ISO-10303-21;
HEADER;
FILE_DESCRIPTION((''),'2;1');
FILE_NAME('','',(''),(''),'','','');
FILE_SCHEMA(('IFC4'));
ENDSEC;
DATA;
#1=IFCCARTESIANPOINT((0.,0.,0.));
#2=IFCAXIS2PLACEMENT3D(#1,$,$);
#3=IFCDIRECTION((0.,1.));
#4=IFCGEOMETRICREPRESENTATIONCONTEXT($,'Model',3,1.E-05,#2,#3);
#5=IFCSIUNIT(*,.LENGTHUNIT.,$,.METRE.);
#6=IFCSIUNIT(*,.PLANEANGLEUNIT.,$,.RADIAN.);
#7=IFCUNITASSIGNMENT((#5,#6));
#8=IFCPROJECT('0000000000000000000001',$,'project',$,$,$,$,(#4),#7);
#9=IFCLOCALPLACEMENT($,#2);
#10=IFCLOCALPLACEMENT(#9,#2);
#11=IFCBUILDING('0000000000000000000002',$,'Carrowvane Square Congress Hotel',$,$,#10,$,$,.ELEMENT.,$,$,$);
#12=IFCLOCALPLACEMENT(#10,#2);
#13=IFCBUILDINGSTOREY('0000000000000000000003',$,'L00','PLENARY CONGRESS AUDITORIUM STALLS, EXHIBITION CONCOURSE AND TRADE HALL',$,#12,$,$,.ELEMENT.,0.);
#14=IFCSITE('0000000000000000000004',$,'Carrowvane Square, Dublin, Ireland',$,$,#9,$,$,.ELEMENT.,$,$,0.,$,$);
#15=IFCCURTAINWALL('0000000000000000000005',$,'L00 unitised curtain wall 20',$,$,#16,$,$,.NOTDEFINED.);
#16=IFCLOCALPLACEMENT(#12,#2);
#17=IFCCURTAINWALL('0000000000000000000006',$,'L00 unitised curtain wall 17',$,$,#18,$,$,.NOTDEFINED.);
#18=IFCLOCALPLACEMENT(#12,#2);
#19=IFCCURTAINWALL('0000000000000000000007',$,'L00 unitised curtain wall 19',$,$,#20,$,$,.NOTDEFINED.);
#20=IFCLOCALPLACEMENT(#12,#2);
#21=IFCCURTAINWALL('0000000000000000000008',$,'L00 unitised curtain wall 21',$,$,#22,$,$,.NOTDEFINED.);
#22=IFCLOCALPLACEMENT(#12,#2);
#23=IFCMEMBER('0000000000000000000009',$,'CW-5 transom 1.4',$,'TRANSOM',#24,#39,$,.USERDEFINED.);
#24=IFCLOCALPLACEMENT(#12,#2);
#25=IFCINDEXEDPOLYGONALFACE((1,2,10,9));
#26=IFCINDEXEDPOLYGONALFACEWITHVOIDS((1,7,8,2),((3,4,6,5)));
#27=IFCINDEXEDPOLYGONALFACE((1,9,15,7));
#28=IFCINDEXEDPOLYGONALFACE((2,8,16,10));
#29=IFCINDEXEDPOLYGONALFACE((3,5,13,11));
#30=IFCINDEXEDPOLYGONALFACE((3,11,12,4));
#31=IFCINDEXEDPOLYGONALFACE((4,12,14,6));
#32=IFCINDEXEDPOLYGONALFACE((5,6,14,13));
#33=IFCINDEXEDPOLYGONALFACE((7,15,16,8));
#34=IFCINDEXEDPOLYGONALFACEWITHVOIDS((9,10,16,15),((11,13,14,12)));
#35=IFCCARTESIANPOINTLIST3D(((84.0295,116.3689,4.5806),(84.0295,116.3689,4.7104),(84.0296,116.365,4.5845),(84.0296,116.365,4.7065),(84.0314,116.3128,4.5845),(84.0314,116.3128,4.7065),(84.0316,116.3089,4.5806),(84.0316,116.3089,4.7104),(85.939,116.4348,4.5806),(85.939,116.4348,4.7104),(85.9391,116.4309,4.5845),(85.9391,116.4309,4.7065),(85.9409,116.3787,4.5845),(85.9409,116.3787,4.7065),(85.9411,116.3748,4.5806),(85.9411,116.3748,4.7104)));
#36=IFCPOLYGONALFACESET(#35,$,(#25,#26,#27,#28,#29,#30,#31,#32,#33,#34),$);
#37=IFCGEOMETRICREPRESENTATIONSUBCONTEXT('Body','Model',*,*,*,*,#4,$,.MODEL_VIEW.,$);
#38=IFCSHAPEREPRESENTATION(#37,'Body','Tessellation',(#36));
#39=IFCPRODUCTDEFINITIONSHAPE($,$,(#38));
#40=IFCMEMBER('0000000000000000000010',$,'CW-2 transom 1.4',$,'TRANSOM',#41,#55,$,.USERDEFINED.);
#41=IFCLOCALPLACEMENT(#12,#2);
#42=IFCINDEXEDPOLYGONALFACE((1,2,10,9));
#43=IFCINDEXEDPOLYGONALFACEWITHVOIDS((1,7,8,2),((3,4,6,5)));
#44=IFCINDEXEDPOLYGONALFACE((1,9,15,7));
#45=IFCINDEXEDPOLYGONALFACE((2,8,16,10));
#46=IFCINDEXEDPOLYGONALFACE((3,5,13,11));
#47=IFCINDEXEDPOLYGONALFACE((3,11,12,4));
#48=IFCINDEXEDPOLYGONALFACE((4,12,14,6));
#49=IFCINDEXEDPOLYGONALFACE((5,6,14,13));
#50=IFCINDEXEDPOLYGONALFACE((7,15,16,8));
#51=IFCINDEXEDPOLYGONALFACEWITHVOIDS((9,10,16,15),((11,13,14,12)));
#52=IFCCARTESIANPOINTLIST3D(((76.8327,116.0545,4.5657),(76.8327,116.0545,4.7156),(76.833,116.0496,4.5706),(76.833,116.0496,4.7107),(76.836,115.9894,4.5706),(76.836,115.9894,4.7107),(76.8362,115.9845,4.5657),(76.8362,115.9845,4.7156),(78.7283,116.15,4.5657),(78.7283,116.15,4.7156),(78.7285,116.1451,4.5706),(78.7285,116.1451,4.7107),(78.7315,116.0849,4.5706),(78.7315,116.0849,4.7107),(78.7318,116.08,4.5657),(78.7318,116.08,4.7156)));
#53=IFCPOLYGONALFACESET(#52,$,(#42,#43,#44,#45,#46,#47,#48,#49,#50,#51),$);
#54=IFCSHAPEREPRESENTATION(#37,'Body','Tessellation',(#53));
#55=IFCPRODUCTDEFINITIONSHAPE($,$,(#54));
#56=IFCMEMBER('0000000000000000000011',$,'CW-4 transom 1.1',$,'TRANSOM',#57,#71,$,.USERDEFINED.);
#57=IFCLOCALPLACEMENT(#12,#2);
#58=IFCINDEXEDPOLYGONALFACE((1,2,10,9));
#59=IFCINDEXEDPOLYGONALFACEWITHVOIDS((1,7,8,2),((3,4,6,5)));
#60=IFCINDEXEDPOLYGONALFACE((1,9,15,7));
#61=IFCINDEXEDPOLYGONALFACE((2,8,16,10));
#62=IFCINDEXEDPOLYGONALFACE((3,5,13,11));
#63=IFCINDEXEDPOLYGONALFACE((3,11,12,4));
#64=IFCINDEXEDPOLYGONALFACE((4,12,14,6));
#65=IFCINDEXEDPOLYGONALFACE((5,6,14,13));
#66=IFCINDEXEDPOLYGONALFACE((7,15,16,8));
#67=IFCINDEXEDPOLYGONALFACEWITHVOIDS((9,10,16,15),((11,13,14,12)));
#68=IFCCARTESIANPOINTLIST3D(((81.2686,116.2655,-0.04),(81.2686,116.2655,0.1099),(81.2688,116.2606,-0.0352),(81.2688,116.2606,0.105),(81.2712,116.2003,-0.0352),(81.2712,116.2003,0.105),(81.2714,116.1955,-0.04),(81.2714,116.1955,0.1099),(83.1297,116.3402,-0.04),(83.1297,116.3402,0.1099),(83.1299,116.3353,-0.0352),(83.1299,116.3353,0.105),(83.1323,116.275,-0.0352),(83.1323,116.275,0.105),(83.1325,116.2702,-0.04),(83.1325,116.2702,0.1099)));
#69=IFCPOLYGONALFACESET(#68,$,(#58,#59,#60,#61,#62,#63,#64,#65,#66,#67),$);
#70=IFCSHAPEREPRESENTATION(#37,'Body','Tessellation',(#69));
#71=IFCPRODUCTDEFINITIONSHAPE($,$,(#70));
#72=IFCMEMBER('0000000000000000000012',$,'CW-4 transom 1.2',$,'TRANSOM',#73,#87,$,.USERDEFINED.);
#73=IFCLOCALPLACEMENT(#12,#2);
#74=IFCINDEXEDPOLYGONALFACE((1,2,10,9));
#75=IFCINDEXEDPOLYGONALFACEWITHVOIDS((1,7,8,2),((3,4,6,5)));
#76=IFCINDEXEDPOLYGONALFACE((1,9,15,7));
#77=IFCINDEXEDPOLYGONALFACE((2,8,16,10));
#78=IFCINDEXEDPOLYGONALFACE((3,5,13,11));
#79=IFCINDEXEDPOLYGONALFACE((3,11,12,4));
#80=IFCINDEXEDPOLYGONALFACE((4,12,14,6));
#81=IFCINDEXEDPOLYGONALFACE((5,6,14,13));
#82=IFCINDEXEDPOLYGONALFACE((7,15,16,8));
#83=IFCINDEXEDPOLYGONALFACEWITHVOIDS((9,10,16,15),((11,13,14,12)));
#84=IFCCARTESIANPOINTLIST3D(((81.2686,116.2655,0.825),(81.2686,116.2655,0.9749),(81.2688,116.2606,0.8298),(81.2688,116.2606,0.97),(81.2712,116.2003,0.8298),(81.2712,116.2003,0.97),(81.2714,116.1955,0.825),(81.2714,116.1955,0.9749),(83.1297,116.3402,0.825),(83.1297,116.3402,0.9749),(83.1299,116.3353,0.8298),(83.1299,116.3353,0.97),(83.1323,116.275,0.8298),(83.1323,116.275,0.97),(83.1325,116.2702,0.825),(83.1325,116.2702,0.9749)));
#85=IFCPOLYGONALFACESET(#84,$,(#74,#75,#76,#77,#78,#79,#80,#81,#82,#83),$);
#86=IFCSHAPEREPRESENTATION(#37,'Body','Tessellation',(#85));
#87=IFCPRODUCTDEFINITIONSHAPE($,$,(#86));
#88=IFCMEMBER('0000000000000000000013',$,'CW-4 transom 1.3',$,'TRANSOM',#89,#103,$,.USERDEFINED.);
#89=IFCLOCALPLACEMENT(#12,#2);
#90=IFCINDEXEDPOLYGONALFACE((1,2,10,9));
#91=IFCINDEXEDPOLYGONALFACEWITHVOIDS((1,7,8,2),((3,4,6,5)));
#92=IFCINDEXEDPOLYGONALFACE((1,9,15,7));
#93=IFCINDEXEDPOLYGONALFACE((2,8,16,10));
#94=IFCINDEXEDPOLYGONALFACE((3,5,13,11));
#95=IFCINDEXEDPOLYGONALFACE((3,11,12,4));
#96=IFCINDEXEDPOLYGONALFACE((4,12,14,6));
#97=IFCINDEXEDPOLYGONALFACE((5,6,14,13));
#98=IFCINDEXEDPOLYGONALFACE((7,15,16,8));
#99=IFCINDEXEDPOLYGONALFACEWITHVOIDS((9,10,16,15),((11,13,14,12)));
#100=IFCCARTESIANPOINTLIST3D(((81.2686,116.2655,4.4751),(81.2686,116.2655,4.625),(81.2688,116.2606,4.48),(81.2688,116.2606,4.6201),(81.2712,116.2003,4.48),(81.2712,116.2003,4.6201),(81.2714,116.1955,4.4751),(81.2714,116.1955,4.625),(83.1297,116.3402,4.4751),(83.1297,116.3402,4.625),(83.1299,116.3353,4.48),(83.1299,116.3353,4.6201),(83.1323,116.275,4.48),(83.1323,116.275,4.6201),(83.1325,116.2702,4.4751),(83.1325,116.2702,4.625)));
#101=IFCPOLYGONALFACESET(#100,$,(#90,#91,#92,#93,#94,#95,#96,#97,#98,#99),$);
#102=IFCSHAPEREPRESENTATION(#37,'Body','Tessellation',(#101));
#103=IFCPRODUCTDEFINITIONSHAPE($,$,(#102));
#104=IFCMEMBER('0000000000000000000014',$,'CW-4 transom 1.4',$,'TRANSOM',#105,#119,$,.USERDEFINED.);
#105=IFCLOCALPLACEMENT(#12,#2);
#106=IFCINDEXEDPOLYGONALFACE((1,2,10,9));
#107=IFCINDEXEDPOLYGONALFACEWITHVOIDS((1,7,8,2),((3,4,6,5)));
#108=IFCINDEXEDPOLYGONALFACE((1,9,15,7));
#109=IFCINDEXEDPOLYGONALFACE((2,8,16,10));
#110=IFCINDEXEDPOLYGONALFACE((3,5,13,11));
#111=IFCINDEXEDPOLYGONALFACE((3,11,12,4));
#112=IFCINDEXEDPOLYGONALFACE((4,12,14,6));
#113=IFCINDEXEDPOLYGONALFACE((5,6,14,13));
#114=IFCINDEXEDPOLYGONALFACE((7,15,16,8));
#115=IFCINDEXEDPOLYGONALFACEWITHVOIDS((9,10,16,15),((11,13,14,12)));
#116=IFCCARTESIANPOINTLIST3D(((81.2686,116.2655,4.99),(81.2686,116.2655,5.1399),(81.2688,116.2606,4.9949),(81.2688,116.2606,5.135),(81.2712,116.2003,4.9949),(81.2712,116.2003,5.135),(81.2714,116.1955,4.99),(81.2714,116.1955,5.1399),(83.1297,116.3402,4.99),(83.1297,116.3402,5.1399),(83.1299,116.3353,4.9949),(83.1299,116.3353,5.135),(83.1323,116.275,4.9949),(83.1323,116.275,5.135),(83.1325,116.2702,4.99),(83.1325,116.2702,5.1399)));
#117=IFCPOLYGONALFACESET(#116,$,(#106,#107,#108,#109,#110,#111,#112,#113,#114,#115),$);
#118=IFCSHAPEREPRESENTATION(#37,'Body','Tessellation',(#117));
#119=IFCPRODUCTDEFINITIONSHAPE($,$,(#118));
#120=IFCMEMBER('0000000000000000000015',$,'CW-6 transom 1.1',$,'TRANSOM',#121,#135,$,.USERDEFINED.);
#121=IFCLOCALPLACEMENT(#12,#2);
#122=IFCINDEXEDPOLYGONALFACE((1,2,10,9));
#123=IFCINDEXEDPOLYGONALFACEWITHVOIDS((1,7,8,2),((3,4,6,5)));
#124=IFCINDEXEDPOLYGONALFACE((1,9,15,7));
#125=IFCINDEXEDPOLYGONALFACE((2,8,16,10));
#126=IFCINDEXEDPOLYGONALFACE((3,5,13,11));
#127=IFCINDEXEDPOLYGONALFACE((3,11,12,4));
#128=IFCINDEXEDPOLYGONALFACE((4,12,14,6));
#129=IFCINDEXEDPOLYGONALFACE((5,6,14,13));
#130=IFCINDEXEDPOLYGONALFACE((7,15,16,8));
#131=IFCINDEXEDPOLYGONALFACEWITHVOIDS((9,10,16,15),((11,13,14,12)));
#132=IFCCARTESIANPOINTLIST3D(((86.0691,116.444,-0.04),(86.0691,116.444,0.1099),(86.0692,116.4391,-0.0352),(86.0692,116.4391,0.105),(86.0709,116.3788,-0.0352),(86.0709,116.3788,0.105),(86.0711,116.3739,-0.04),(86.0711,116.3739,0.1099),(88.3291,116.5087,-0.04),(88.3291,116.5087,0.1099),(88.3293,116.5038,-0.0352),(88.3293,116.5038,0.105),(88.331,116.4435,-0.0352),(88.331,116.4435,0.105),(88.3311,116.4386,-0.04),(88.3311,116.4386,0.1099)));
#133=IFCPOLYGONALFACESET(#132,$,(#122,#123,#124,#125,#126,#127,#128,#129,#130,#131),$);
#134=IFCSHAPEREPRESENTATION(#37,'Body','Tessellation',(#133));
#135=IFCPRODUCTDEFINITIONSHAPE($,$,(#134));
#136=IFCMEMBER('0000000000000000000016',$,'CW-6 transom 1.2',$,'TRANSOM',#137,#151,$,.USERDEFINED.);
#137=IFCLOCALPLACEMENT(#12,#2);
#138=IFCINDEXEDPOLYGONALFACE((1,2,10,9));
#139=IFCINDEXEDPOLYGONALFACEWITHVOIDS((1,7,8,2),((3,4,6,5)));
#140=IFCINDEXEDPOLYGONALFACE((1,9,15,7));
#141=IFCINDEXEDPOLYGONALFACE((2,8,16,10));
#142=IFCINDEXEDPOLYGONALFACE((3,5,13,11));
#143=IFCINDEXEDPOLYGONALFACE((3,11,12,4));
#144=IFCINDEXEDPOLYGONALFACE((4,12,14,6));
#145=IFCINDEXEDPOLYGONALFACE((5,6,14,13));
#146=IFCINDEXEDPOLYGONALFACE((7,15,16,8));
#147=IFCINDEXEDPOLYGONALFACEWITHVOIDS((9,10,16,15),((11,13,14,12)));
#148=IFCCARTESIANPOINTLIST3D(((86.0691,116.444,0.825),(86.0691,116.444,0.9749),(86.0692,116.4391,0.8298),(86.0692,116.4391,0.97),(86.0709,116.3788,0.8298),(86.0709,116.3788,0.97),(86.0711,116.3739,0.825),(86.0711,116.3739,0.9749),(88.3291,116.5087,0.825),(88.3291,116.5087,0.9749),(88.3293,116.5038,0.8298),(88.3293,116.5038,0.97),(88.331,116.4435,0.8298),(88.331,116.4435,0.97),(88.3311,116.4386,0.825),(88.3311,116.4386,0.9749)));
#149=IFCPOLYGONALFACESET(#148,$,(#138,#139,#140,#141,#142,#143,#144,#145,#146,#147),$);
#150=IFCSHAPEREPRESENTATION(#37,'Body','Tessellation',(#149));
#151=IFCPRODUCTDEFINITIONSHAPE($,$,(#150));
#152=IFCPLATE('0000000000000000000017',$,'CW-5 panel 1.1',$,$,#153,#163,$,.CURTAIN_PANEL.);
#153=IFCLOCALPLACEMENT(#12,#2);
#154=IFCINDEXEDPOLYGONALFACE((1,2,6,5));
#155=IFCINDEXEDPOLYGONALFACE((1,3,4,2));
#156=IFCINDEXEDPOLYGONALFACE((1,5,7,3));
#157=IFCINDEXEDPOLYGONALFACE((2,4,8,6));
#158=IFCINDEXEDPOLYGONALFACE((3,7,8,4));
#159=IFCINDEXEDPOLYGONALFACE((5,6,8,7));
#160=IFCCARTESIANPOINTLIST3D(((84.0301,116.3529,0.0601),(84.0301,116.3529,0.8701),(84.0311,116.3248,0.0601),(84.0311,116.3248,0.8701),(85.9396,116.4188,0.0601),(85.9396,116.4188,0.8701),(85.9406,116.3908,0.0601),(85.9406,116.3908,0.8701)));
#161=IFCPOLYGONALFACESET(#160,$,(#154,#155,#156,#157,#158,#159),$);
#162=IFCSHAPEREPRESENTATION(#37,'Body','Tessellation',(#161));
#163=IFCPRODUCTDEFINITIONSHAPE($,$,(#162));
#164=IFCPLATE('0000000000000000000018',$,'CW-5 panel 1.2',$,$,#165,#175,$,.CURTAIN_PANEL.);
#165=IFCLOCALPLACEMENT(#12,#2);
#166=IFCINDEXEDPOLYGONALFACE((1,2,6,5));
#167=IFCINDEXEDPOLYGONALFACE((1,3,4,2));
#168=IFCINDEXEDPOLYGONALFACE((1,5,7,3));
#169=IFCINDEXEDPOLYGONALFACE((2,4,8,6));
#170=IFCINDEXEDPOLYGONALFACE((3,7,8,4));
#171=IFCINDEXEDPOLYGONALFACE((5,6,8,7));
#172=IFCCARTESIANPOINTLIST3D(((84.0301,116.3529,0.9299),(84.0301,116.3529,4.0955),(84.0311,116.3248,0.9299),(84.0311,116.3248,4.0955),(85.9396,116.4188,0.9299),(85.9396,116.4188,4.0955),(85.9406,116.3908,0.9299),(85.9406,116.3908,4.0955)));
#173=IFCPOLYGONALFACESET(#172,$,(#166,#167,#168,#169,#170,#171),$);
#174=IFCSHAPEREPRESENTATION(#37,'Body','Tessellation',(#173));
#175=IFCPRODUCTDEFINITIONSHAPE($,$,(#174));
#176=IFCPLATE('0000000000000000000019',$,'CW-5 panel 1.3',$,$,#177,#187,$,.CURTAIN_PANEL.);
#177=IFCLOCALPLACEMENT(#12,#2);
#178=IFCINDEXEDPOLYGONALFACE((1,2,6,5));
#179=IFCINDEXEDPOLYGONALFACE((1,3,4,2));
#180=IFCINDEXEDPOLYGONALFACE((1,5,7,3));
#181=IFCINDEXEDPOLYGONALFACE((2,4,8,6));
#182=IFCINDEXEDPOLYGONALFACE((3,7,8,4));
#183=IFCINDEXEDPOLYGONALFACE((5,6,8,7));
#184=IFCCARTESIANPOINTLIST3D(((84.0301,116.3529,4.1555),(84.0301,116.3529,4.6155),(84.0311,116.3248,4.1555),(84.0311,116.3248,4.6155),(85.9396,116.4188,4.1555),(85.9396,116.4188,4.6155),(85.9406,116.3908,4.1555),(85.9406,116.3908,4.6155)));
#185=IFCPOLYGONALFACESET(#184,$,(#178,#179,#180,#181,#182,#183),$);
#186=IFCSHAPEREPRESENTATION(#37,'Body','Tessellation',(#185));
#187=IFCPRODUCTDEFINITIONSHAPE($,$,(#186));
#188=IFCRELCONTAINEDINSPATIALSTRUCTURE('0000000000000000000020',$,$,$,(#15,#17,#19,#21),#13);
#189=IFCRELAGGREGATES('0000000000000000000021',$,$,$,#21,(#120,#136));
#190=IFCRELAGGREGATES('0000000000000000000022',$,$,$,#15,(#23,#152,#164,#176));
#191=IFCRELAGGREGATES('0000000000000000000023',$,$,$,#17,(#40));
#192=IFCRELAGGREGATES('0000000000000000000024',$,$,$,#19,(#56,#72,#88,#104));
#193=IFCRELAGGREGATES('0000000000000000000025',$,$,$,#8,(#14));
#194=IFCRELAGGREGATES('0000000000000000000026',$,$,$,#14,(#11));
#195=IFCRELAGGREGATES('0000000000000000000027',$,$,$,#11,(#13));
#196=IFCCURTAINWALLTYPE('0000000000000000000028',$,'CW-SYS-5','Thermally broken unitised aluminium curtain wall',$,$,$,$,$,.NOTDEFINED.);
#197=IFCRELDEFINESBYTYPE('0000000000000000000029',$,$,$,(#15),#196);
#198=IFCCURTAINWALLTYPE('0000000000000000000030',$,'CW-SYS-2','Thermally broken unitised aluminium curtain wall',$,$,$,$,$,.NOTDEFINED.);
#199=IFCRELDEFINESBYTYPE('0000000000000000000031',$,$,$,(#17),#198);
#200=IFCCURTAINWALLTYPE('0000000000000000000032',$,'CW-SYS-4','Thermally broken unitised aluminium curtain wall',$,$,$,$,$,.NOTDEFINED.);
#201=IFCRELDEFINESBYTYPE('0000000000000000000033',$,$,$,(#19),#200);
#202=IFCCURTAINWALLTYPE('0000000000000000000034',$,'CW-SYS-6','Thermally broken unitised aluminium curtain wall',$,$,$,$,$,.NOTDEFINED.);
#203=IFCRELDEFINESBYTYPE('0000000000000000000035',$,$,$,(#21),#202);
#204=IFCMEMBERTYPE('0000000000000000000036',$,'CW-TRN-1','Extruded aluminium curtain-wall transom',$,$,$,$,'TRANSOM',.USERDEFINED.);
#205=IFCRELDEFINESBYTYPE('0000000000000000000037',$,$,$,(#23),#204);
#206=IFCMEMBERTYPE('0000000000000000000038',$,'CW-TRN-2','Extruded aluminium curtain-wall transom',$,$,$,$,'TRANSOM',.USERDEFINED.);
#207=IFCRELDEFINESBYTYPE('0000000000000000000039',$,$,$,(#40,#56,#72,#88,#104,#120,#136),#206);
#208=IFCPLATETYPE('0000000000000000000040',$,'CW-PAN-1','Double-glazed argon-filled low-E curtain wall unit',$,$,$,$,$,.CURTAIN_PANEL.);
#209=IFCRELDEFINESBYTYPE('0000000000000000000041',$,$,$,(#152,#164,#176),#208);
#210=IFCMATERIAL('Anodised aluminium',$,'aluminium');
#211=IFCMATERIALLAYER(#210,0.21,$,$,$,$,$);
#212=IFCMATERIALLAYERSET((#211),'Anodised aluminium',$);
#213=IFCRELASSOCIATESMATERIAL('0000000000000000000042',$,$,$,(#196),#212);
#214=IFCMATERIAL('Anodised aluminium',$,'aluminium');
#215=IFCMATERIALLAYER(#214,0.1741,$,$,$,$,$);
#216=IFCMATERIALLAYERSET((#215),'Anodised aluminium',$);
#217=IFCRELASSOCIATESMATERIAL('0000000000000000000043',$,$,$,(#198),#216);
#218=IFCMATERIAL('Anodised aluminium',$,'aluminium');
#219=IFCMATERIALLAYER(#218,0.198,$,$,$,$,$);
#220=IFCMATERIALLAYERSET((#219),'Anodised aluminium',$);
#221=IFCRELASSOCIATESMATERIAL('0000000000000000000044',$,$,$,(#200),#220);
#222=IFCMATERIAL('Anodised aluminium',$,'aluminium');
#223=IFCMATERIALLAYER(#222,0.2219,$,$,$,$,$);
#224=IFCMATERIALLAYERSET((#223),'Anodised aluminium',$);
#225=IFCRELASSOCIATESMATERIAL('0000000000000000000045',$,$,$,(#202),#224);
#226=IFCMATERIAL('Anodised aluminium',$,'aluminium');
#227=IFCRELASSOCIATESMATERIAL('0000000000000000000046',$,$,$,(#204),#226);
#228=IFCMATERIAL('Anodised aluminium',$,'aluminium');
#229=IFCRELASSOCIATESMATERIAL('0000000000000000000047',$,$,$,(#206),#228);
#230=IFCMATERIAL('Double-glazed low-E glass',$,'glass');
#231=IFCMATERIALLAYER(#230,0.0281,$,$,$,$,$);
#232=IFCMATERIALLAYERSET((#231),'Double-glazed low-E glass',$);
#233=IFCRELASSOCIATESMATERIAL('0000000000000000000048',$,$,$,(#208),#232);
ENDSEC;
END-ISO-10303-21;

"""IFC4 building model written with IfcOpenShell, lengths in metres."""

from ifc_helpers import new_model, si_unit, direction, frame, origin, origin_2d, place, context, subcontext, project, spatial, rectangle, hollow_rectangle, extrude, material, layer, layer_set, material_profile, profile_set, type_object, element, aggregate, save


model = new_model("IFC4")

# Units and contexts
model_context = context("Model", 3, precision=1e-05, world=origin(), true_north=direction((0.0, 1.0)))
body_context = subcontext(model_context, "Body", "Model", "MODEL_VIEW")
ifc_project = project(units=[si_unit("LENGTHUNIT", "METRE"), si_unit("PLANEANGLEUNIT", "RADIAN")], contexts=[model_context])

# Site, building, storey
site_placement = place(None, origin())
site = spatial("IfcSite", under=ifc_project, at=site_placement, Name="Carrowvane Square, Dublin, Ireland", CompositionType="ELEMENT", RefElevation=0.0)
building_placement = place(site_placement, origin())
building = spatial("IfcBuilding", under=site, at=building_placement, Name="Carrowvane Square Congress Hotel", CompositionType="ELEMENT")
storey_placement = place(building_placement, origin())
storey = spatial("IfcBuildingStorey", under=building, at=storey_placement, Name="L00", Description="PLENARY CONGRESS AUDITORIUM STALLS, EXHIBITION CONCOURSE AND TRADE HALL", CompositionType="ELEMENT", Elevation=0.0)

# Curtain wall
ifc_material_1 = material(Name="Anodised aluminium", Category="aluminium")
ifc_layer_1 = layer(ifc_material_1, 0.21)
ifc_layer_set_1 = layer_set([ifc_layer_1], Name="Anodised aluminium")
curtain_wall_type_1 = type_object("IfcCurtainWallType", Name="CW-SYS-5", Description="Thermally broken unitised aluminium curtain wall", PredefinedType="NOTDEFINED", material=ifc_layer_set_1)
curtain_wall_1_placement = place(storey_placement, origin())
curtain_wall_1 = element("IfcCurtainWall", 1, at=curtain_wall_1_placement, inside=storey, type_object=curtain_wall_type_1, Name="L00 unitised curtain wall 20", PredefinedType="NOTDEFINED")

# Curtain wall
ifc_material_2 = material(Name="Anodised aluminium", Category="aluminium")
ifc_layer_2 = layer(ifc_material_2, 0.1741)
ifc_layer_set_2 = layer_set([ifc_layer_2], Name="Anodised aluminium")
curtain_wall_type_2 = type_object("IfcCurtainWallType", Name="CW-SYS-2", Description="Thermally broken unitised aluminium curtain wall", PredefinedType="NOTDEFINED", material=ifc_layer_set_2)
curtain_wall_2_placement = place(storey_placement, origin())
curtain_wall_2 = element("IfcCurtainWall", 2, at=curtain_wall_2_placement, inside=storey, type_object=curtain_wall_type_2, Name="L00 unitised curtain wall 17", PredefinedType="NOTDEFINED")

# Curtain wall
ifc_material_3 = material(Name="Anodised aluminium", Category="aluminium")
ifc_layer_3 = layer(ifc_material_3, 0.198)
ifc_layer_set_3 = layer_set([ifc_layer_3], Name="Anodised aluminium")
curtain_wall_type_3 = type_object("IfcCurtainWallType", Name="CW-SYS-4", Description="Thermally broken unitised aluminium curtain wall", PredefinedType="NOTDEFINED", material=ifc_layer_set_3)
curtain_wall_3_placement = place(storey_placement, origin())
curtain_wall_3 = element("IfcCurtainWall", 3, at=curtain_wall_3_placement, inside=storey, type_object=curtain_wall_type_3, Name="L00 unitised curtain wall 19", PredefinedType="NOTDEFINED")

# Curtain wall
ifc_material_4 = material(Name="Anodised aluminium", Category="aluminium")
ifc_layer_4 = layer(ifc_material_4, 0.2219)
ifc_layer_set_4 = layer_set([ifc_layer_4], Name="Anodised aluminium")
curtain_wall_type_4 = type_object("IfcCurtainWallType", Name="CW-SYS-6", Description="Thermally broken unitised aluminium curtain wall", PredefinedType="NOTDEFINED", material=ifc_layer_set_4)
curtain_wall_4_placement = place(storey_placement, origin())
curtain_wall_4 = element("IfcCurtainWall", 4, at=curtain_wall_4_placement, inside=storey, type_object=curtain_wall_type_4, Name="L00 unitised curtain wall 21", PredefinedType="NOTDEFINED")

# Members
ifc_material_5 = material(Name="Anodised aluminium", Category="aluminium")
ifc_material_profile_1 = material_profile(ifc_material_5, hollow_rectangle(XDim=0.0601, YDim=0.1299, WallThickness=0.0039, at=origin_2d()), Name="CW-TR 60x130x4")
ifc_profile_set_1 = profile_set([ifc_material_profile_1], Name="Anodised aluminium")
member_type_1 = type_object("IfcMemberType", Name="CW-TRN-1", Description="Extruded aluminium curtain-wall transom", ElementType="TRANSOM", PredefinedType="USERDEFINED", material=ifc_profile_set_1)
member_1_placement = place(storey_placement, frame((84.0305, 116.3389, 4.6455), z_axis=(0.999405, 0.034502, 0.0), x_axis=(-0.034502, 0.999405, 0.0)))
member_1 = element("IfcMember", 5, at=member_1_placement, type_object=member_type_1, Name="CW-5 transom 1.4", ObjectType="TRANSOM", PredefinedType="USERDEFINED", context=body_context, shape_type="SweptSolid", body=[
    extrude(hollow_rectangle(XDim=0.0601, YDim=0.1299, WallThickness=0.0039, at=origin_2d()), origin(), (0.0, 0.0, 1.0), 1.9106),
])
ifc_material_6 = material(Name="Anodised aluminium", Category="aluminium")
ifc_material_profile_2 = material_profile(ifc_material_6, hollow_rectangle(XDim=0.0701, YDim=0.1499, WallThickness=0.0049, at=origin_2d()), Name="CW-TR 70x150x5")
ifc_profile_set_2 = profile_set([ifc_material_profile_2], Name="Anodised aluminium")
member_type_2 = type_object("IfcMemberType", Name="CW-TRN-2", Description="Extruded aluminium curtain-wall transom", ElementType="TRANSOM", PredefinedType="USERDEFINED", material=ifc_profile_set_2)
member_2_placement = place(storey_placement, frame((76.8345, 116.0195, 4.6406), z_axis=(0.998734, 0.050297, 0.0), x_axis=(-0.050297, 0.998734, 0.0)))
member_2 = element("IfcMember", 6, at=member_2_placement, type_object=member_type_2, Name="CW-2 transom 1.4", ObjectType="TRANSOM", PredefinedType="USERDEFINED", context=body_context, shape_type="SweptSolid", body=[
    extrude(hollow_rectangle(XDim=0.0701, YDim=0.1499, WallThickness=0.0049, at=origin_2d()), origin(), (0.0, 0.0, 1.0), 1.8979),
])
member_3_placement = place(storey_placement, frame((81.27, 116.2305, 0.0349), z_axis=(0.999195, 0.040109, 0.0), x_axis=(-0.040109, 0.999195, 0.0)))
member_3 = element("IfcMember", 7, at=member_3_placement, type_object=member_type_2, Name="CW-4 transom 1.1", ObjectType="TRANSOM", PredefinedType="USERDEFINED", context=body_context, shape_type="SweptSolid", body=[
    extrude(hollow_rectangle(XDim=0.0701, YDim=0.1499, WallThickness=0.0049, at=origin_2d()), origin(), (0.0, 0.0, 1.0), 1.8625),
])
member_4_placement = place(storey_placement, frame((81.27, 116.2305, 0.8999), z_axis=(0.999195, 0.040109, 0.0), x_axis=(-0.040109, 0.999195, 0.0)))
member_4 = element("IfcMember", 8, at=member_4_placement, type_object=member_type_2, Name="CW-4 transom 1.2", ObjectType="TRANSOM", PredefinedType="USERDEFINED", context=body_context, shape_type="SweptSolid", body=[
    extrude(hollow_rectangle(XDim=0.0701, YDim=0.1499, WallThickness=0.0049, at=origin_2d()), origin(), (0.0, 0.0, 1.0), 1.8625),
])
member_5_placement = place(storey_placement, frame((81.27, 116.2305, 4.55), z_axis=(0.999195, 0.040109, 0.0), x_axis=(-0.040109, 0.999195, 0.0)))
member_5 = element("IfcMember", 9, at=member_5_placement, type_object=member_type_2, Name="CW-4 transom 1.3", ObjectType="TRANSOM", PredefinedType="USERDEFINED", context=body_context, shape_type="SweptSolid", body=[
    extrude(hollow_rectangle(XDim=0.0701, YDim=0.1499, WallThickness=0.0049, at=origin_2d()), origin(), (0.0, 0.0, 1.0), 1.8625),
])
member_6_placement = place(storey_placement, frame((81.27, 116.2305, 5.0649), z_axis=(0.999195, 0.040109, 0.0), x_axis=(-0.040109, 0.999195, 0.0)))
member_6 = element("IfcMember", 10, at=member_6_placement, type_object=member_type_2, Name="CW-4 transom 1.4", ObjectType="TRANSOM", PredefinedType="USERDEFINED", context=body_context, shape_type="SweptSolid", body=[
    extrude(hollow_rectangle(XDim=0.0701, YDim=0.1499, WallThickness=0.0049, at=origin_2d()), origin(), (0.0, 0.0, 1.0), 1.8625),
])
member_7_placement = place(storey_placement, frame((86.0701, 116.4089, 0.0349), z_axis=(0.99959, 0.028615, 0.0), x_axis=(-0.028615, 0.99959, 0.0)))
member_7 = element("IfcMember", 11, at=member_7_placement, type_object=member_type_2, Name="CW-6 transom 1.1", ObjectType="TRANSOM", PredefinedType="USERDEFINED", context=body_context, shape_type="SweptSolid", body=[
    extrude(hollow_rectangle(XDim=0.0701, YDim=0.1499, WallThickness=0.0049, at=origin_2d()), origin(), (0.0, 0.0, 1.0), 2.261),
])
member_8_placement = place(storey_placement, frame((86.0701, 116.4089, 0.8999), z_axis=(0.99959, 0.028615, 0.0), x_axis=(-0.028615, 0.99959, 0.0)))
member_8 = element("IfcMember", 12, at=member_8_placement, type_object=member_type_2, Name="CW-6 transom 1.2", ObjectType="TRANSOM", PredefinedType="USERDEFINED", context=body_context, shape_type="SweptSolid", body=[
    extrude(hollow_rectangle(XDim=0.0701, YDim=0.1499, WallThickness=0.0049, at=origin_2d()), origin(), (0.0, 0.0, 1.0), 2.261),
])
aggregate(curtain_wall_4, [member_7, member_8])

# Plates
ifc_material_7 = material(Name="Double-glazed low-E glass", Category="glass")
ifc_layer_5 = layer(ifc_material_7, 0.0281)
ifc_layer_set_5 = layer_set([ifc_layer_5], Name="Double-glazed low-E glass")
plate_type_1 = type_object("IfcPlateType", Name="CW-PAN-1", Description="Double-glazed argon-filled low-E curtain wall unit", PredefinedType="CURTAIN_PANEL", material=ifc_layer_set_5)
plate_1_placement = place(storey_placement, frame((84.9854, 116.3718, 0.0601), z_axis=(0.0, 0.0, 1.0), x_axis=(0.999404, 0.034527, 0.0)))
plate_1 = element("IfcPlate", 13, at=plate_1_placement, type_object=plate_type_1, Name="CW-5 panel 1.1", PredefinedType="CURTAIN_PANEL", context=body_context, shape_type="SweptSolid", body=[
    extrude(rectangle(XDim=1.9106, YDim=0.0281, at=origin_2d()), origin(), (0.0, 0.0, 1.0), 0.8101),
])
plate_2_placement = place(storey_placement, frame((84.9854, 116.3718, 0.9299), z_axis=(0.0, 0.0, 1.0), x_axis=(0.999404, 0.034527, 0.0)))
plate_2 = element("IfcPlate", 14, at=plate_2_placement, type_object=plate_type_1, Name="CW-5 panel 1.2", PredefinedType="CURTAIN_PANEL", context=body_context, shape_type="SweptSolid", body=[
    extrude(rectangle(XDim=1.9106, YDim=0.0281, at=origin_2d()), origin(), (0.0, 0.0, 1.0), 3.1655),
])
plate_3_placement = place(storey_placement, frame((84.9854, 116.3718, 4.1555), z_axis=(0.0, 0.0, 1.0), x_axis=(0.999404, 0.034527, 0.0)))
plate_3 = element("IfcPlate", 15, at=plate_3_placement, type_object=plate_type_1, Name="CW-5 panel 1.3", PredefinedType="CURTAIN_PANEL", context=body_context, shape_type="SweptSolid", body=[
    extrude(rectangle(XDim=1.9106, YDim=0.0281, at=origin_2d()), origin(), (0.0, 0.0, 1.0), 0.46),
])
aggregate(curtain_wall_1, [member_1, plate_1, plate_2, plate_3])
aggregate(curtain_wall_2, [member_2])
aggregate(curtain_wall_3, [member_3, member_4, member_5, member_6])

save(model, "model.ifc")
